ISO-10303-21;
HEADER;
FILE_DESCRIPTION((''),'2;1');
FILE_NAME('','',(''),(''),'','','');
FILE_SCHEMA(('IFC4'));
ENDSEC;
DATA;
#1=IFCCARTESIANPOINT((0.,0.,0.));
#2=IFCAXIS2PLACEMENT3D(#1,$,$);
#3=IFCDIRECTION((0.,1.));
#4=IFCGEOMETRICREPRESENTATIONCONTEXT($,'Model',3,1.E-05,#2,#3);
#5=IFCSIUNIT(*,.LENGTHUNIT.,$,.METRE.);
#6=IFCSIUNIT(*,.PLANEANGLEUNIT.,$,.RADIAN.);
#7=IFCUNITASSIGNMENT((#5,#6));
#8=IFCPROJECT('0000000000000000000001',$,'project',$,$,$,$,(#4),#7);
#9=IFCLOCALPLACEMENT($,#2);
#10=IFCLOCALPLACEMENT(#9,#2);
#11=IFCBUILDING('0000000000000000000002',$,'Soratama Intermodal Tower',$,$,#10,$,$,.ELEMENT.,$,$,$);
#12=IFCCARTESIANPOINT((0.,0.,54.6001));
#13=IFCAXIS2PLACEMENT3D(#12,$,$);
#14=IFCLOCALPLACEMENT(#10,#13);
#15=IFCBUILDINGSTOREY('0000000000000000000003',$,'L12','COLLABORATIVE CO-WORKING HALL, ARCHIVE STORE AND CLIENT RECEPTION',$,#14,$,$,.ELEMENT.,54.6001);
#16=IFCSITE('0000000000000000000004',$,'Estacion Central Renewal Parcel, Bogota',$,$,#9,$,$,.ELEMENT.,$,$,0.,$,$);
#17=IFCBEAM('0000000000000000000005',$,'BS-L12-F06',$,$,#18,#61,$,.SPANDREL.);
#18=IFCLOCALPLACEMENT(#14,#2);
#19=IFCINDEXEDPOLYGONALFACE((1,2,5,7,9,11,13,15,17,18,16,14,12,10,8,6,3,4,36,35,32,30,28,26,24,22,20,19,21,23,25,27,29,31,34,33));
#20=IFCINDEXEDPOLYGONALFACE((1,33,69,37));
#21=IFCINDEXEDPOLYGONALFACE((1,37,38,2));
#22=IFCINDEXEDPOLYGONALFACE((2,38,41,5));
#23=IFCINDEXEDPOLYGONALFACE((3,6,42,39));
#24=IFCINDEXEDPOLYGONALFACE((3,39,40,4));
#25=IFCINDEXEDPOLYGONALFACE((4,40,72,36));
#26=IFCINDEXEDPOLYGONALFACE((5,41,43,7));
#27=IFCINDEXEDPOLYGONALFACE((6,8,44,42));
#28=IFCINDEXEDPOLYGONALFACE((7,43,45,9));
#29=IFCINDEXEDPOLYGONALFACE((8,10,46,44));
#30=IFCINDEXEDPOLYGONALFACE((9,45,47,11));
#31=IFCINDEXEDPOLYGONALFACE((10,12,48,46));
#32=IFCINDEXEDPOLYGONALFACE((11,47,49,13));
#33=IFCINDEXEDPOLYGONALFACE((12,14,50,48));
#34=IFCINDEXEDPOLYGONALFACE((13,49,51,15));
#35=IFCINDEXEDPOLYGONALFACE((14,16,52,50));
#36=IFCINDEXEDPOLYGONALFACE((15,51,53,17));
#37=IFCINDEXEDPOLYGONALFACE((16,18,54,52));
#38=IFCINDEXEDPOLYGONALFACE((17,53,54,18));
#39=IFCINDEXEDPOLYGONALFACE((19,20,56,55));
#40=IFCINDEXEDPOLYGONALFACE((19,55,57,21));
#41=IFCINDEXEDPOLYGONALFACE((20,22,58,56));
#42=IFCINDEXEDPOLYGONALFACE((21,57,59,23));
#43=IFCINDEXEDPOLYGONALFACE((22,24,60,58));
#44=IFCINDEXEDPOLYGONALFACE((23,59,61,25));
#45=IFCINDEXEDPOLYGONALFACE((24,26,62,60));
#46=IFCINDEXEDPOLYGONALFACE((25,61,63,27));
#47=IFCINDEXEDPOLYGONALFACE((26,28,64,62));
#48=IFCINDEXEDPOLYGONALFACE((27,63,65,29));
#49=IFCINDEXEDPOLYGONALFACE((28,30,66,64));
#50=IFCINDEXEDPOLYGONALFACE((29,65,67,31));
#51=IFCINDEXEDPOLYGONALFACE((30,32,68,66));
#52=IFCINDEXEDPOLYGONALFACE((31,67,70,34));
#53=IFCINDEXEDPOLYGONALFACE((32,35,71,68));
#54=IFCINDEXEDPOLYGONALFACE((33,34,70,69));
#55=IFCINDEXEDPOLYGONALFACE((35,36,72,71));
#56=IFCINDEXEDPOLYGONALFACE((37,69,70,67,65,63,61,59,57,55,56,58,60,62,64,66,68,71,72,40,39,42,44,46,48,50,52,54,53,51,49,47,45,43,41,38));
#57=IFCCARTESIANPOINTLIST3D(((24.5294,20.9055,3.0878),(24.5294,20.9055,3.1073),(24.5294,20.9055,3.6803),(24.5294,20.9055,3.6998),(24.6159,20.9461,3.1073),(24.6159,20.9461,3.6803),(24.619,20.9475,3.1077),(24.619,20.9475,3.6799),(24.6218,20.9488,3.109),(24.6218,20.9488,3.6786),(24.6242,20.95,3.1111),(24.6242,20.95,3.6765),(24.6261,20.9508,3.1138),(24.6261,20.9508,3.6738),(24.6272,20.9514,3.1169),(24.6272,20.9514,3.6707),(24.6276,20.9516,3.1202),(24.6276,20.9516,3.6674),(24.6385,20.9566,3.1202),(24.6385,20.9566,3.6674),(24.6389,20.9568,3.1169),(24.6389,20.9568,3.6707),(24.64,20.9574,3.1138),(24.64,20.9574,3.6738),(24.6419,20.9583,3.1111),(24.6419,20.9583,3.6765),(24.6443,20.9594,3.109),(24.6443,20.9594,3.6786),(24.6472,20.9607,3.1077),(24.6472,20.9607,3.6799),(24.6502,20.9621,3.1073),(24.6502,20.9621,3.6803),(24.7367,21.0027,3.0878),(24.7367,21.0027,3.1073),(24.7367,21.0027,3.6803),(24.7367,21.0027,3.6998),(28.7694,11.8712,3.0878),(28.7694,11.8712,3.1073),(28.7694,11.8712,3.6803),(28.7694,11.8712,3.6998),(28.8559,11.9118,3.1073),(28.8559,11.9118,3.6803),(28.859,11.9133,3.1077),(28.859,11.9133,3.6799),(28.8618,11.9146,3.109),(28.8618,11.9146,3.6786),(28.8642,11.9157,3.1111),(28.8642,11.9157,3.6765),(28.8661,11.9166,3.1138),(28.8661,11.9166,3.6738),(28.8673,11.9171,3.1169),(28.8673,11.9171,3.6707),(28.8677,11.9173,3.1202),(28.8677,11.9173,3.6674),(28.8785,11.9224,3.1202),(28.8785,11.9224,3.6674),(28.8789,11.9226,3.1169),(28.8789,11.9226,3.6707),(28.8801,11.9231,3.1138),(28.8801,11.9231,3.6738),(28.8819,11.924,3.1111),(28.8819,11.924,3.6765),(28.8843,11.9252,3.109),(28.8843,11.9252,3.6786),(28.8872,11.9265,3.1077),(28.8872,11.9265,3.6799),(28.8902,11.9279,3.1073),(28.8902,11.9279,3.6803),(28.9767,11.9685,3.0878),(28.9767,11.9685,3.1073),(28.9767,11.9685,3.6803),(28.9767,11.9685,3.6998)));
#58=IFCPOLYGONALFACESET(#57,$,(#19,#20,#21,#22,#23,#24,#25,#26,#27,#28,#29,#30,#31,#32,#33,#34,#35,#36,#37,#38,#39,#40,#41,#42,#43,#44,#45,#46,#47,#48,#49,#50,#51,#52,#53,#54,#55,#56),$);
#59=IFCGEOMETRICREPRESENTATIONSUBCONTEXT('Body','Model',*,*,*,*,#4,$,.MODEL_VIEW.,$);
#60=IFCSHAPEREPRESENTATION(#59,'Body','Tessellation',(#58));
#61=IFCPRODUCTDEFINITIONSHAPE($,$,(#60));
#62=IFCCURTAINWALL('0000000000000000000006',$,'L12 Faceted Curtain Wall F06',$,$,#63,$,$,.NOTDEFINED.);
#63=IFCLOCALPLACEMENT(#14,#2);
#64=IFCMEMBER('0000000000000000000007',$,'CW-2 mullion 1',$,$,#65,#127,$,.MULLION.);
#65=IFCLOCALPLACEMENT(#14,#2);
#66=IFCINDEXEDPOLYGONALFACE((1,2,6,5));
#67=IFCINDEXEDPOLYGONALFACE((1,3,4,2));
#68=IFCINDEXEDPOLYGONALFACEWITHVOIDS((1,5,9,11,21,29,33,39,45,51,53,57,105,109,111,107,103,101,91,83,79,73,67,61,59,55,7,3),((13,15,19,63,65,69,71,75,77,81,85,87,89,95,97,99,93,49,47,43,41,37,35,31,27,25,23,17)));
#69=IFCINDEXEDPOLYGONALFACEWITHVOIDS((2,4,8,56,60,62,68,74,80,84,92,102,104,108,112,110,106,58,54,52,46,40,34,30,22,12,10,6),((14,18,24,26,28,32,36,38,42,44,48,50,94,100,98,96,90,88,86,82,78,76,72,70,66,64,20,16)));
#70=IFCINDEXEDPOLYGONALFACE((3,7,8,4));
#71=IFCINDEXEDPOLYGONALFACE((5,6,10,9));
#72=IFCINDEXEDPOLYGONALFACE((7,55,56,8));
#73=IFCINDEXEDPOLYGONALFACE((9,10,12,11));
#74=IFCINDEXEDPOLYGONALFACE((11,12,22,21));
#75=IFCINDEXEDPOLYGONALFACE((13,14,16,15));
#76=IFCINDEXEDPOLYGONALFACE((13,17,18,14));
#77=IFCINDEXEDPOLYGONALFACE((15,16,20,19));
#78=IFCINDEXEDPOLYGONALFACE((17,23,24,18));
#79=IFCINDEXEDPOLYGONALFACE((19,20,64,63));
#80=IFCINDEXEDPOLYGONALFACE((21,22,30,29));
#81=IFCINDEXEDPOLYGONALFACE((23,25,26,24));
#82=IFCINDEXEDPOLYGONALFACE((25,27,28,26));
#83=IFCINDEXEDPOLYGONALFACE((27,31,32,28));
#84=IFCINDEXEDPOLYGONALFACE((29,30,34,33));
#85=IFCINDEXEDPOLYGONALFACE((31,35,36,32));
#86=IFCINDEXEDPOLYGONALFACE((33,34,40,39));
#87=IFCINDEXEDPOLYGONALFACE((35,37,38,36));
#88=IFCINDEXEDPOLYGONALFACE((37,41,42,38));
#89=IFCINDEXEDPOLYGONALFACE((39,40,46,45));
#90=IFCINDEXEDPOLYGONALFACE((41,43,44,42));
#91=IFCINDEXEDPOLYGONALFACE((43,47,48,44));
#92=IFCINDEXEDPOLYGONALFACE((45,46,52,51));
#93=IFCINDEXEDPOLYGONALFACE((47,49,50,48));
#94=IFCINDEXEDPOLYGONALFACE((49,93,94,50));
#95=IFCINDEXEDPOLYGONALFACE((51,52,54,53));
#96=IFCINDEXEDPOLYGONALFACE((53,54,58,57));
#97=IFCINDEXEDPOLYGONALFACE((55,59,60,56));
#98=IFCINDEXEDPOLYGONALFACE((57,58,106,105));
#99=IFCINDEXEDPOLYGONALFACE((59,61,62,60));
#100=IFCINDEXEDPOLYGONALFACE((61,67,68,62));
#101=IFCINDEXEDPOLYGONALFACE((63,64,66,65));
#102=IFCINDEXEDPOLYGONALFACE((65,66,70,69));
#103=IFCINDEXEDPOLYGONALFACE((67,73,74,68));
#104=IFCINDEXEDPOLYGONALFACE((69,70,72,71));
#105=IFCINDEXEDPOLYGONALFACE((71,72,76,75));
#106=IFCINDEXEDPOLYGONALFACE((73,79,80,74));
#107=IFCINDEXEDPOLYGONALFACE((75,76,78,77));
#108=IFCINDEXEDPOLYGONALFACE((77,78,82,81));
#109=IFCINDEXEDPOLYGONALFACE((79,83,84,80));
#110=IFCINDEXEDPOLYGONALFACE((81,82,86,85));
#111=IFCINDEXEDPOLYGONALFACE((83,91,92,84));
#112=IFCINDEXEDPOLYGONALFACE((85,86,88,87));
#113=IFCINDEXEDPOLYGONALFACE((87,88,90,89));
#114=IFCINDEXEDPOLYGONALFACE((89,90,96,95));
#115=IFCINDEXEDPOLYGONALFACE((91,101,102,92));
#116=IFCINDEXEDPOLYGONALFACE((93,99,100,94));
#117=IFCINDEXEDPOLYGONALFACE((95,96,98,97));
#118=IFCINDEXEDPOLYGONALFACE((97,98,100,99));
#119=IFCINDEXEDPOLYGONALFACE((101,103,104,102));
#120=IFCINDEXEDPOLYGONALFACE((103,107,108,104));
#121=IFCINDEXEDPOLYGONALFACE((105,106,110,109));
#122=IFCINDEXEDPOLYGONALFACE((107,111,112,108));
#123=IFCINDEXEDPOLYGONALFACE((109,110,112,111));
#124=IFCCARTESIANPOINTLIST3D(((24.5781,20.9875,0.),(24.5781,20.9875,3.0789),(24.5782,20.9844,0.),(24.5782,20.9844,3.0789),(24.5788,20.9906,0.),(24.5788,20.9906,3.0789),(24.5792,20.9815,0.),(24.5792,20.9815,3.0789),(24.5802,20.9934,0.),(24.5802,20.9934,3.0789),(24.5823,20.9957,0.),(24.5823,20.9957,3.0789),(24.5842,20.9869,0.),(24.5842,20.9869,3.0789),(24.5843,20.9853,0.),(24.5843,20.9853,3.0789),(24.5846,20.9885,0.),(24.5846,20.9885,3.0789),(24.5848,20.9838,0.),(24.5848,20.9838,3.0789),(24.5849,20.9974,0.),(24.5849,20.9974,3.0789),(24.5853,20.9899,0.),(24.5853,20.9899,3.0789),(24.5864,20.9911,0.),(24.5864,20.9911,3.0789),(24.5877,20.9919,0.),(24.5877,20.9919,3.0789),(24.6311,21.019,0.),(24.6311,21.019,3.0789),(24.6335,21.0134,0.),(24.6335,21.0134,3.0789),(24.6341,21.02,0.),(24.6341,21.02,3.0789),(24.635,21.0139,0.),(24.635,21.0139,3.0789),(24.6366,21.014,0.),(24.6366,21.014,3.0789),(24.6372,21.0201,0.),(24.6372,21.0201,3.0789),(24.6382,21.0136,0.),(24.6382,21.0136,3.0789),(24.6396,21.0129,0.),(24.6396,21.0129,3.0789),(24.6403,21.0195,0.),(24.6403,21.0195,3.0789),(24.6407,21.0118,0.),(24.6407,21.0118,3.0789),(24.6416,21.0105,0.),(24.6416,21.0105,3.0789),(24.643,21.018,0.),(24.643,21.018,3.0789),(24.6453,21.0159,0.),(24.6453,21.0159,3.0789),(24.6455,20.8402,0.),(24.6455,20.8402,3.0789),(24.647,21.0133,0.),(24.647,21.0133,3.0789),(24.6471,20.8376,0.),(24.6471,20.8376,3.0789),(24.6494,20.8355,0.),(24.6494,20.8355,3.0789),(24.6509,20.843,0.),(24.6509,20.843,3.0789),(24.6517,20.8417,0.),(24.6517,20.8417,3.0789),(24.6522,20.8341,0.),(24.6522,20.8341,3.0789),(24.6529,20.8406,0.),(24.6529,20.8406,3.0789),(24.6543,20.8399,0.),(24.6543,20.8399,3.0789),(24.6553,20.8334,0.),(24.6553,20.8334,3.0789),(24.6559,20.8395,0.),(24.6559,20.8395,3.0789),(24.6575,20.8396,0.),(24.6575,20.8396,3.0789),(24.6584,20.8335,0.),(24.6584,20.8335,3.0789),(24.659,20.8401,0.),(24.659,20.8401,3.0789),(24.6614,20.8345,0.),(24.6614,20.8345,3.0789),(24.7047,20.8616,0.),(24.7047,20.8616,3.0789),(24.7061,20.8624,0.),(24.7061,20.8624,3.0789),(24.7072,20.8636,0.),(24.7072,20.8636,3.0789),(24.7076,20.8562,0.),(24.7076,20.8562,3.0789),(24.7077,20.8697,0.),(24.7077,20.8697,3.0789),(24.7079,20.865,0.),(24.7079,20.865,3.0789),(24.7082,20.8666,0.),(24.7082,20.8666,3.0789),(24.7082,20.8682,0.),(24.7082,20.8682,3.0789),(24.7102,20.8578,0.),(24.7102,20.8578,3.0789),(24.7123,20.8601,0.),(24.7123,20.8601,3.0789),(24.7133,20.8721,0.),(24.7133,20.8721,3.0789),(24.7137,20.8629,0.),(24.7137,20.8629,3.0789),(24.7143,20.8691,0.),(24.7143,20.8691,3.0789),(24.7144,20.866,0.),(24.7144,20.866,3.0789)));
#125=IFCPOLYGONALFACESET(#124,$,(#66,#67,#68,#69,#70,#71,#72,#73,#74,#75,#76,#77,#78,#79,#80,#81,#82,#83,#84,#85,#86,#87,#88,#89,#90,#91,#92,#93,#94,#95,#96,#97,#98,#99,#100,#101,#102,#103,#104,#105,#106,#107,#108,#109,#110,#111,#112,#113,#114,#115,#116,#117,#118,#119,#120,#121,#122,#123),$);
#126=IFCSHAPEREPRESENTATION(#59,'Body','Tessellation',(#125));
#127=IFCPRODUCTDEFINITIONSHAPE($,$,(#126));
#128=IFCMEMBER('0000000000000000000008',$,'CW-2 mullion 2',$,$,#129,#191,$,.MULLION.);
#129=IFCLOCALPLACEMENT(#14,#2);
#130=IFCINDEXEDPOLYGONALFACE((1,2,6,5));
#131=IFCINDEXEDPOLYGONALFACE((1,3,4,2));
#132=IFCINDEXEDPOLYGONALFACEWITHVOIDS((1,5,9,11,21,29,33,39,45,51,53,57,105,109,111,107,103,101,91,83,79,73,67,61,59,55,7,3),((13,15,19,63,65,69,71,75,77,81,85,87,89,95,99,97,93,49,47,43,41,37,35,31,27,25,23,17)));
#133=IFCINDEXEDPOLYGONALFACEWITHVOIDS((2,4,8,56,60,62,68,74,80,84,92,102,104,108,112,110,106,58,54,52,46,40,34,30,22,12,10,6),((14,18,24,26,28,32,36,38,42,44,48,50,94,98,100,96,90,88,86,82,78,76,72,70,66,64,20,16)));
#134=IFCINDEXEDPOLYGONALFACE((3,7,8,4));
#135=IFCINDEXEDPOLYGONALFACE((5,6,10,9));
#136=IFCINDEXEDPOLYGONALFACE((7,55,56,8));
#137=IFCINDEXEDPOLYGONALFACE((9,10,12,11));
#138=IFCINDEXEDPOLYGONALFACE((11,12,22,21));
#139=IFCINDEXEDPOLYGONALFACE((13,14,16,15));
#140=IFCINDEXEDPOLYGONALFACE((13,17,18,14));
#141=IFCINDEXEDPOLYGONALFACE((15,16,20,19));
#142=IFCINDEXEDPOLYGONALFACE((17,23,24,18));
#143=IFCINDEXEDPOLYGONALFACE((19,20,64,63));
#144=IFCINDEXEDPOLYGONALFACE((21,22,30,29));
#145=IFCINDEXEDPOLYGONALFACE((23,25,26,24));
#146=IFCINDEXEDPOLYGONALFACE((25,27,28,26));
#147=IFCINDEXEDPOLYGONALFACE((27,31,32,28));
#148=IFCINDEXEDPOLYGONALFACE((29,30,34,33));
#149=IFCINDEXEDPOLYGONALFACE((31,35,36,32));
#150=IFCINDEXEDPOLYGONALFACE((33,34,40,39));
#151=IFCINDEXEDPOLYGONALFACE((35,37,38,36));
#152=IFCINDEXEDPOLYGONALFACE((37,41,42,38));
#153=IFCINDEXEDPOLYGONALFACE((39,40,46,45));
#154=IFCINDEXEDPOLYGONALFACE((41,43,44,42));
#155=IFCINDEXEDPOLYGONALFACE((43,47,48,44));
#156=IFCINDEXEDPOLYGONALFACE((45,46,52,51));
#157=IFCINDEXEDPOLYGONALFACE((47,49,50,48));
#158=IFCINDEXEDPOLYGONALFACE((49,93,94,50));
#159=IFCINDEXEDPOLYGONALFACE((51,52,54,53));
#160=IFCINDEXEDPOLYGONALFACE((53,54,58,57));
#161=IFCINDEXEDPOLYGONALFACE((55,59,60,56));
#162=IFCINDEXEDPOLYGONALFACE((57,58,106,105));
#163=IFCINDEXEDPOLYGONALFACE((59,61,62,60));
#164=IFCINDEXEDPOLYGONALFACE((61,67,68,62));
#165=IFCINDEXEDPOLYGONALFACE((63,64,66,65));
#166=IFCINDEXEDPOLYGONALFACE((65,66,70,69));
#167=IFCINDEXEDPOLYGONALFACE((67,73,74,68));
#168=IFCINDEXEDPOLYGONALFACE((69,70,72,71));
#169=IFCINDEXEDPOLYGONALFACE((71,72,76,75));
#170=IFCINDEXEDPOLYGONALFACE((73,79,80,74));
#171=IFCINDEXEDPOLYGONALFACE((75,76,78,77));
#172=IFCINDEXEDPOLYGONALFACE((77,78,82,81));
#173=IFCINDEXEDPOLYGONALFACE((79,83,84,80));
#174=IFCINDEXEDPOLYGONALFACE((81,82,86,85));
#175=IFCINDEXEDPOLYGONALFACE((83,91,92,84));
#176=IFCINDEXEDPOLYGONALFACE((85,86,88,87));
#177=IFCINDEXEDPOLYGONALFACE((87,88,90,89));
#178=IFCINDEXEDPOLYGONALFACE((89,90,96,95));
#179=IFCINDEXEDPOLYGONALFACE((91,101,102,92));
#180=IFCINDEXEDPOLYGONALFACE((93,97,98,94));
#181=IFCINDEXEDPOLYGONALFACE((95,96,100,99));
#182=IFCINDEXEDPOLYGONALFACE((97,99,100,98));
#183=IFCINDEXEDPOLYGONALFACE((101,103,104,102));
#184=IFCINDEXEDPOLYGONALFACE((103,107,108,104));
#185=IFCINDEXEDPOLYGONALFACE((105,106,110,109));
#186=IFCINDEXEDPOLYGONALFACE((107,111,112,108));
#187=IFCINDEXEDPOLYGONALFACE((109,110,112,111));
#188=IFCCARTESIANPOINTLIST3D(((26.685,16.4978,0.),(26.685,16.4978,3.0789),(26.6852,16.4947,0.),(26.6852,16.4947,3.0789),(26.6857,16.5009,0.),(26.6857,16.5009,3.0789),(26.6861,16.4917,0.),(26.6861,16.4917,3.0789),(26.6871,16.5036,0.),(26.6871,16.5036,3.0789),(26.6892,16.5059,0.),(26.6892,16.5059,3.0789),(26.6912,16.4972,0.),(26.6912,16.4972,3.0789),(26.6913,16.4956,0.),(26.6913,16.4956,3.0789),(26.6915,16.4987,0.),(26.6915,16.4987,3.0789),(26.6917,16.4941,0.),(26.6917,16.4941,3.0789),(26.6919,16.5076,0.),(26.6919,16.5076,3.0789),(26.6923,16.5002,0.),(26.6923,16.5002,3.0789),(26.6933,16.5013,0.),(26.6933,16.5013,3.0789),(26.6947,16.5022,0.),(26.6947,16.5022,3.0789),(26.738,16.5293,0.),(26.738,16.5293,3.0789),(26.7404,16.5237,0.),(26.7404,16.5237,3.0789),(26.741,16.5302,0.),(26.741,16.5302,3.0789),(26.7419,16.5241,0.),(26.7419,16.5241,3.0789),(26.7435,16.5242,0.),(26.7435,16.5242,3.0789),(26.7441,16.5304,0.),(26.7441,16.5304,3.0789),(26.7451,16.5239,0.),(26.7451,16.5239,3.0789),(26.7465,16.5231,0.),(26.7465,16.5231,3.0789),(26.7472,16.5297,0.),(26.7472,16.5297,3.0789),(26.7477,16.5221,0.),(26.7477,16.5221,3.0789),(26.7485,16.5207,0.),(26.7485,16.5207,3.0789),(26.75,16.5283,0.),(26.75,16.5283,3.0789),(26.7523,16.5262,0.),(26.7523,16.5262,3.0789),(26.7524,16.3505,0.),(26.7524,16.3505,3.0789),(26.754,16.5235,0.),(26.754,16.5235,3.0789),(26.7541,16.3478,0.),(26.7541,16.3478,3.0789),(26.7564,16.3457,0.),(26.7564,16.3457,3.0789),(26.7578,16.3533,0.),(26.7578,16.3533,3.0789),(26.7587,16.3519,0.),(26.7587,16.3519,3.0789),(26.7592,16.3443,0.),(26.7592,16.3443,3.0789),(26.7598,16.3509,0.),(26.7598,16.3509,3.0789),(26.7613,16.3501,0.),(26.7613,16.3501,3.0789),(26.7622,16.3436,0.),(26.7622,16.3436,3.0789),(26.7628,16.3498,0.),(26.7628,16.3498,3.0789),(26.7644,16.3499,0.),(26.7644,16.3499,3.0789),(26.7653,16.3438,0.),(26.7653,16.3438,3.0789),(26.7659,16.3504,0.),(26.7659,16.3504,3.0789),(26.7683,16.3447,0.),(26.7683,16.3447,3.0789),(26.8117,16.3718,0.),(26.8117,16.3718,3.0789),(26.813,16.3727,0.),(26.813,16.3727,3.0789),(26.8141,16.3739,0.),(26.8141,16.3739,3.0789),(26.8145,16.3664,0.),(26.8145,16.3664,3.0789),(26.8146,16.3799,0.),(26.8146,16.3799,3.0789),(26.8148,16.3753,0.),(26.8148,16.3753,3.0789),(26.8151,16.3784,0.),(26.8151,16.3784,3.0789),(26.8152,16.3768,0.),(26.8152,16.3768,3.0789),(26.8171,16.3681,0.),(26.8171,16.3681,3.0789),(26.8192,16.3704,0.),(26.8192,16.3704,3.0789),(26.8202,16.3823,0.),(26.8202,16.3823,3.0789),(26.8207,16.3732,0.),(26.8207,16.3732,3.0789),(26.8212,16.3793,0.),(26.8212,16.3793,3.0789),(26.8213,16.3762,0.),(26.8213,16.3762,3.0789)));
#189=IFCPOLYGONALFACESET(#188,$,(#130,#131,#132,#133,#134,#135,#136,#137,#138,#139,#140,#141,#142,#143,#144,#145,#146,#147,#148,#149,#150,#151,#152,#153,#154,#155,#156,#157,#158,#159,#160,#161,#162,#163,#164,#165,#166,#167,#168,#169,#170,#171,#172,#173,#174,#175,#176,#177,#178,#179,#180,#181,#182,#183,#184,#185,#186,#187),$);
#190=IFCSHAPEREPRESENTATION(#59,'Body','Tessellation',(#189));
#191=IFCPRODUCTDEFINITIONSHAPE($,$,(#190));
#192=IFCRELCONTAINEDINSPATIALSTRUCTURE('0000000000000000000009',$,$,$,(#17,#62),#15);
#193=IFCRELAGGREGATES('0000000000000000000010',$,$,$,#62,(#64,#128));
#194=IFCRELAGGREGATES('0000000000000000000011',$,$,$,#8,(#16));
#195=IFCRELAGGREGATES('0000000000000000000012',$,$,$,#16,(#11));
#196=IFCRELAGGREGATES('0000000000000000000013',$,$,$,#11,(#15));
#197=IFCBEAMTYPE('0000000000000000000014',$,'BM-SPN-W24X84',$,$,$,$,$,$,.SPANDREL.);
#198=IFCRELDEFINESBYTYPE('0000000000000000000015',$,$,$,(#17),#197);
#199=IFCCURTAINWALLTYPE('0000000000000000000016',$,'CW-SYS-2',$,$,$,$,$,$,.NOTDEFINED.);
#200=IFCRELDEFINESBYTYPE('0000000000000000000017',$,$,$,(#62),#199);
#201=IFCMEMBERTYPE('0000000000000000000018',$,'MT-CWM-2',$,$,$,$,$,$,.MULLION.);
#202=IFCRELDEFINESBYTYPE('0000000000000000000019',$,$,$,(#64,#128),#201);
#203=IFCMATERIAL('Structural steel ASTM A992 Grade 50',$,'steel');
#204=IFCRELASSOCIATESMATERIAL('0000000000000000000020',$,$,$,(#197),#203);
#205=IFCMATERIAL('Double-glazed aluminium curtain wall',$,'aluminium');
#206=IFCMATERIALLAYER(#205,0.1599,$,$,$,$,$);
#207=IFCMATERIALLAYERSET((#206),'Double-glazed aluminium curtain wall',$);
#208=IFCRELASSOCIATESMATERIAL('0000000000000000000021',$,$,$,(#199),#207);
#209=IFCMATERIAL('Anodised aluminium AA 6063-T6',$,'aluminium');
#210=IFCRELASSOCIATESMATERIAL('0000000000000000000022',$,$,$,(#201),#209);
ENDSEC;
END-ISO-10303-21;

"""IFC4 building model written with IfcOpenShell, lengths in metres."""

from ifc_helpers import new_model, si_unit, direction, frame, origin, origin_2d, place, context, subcontext, project, spatial, hollow_rectangle, i_section, extrude, material, layer, layer_set, material_profile, profile_set, type_object, element, aggregate, save


model = new_model("IFC4")

# Units and contexts
model_context = context("Model", 3, precision=1e-05, world=origin(), true_north=direction((0.0, 1.0)))
body_context = subcontext(model_context, "Body", "Model", "MODEL_VIEW")
ifc_project = project(units=[si_unit("LENGTHUNIT", "METRE"), si_unit("PLANEANGLEUNIT", "RADIAN")], contexts=[model_context])

# Site, building, storey
site_placement = place(None, origin())
site = spatial("IfcSite", under=ifc_project, at=site_placement, Name="Estacion Central Renewal Parcel, Bogota", CompositionType="ELEMENT", RefElevation=0.0)
building_placement = place(site_placement, origin())
building = spatial("IfcBuilding", under=site, at=building_placement, Name="Soratama Intermodal Tower", CompositionType="ELEMENT")
storey_placement = place(building_placement, frame((0.0, 0.0, 54.6001)))
storey = spatial("IfcBuildingStorey", under=building, at=storey_placement, Name="L12", Description="COLLABORATIVE CO-WORKING HALL, ARCHIVE STORE AND CLIENT RECEPTION", CompositionType="ELEMENT", Elevation=54.6001)

# Beam
ifc_material_1 = material(Name="Structural steel ASTM A992 Grade 50", Category="steel")
ifc_material_profile_1 = material_profile(ifc_material_1, i_section(OverallWidth=0.229, OverallDepth=0.6121, WebThickness=0.012, FlangeThickness=0.0195, FilletRadius=0.0129, at=origin_2d()), Name="W24X84")
ifc_profile_set_1 = profile_set([ifc_material_profile_1], Name="Structural steel ASTM A992 Grade 50")
beam_type = type_object("IfcBeamType", Name="BM-SPN-W24X84", PredefinedType="SPANDREL", material=ifc_profile_set_1)
beam_placement = place(storey_placement, frame((24.6331, 20.9541, 3.3938), z_axis=(0.424863, -0.905258, 0.0), x_axis=(0.905258, 0.424863, 0.0)))
element("IfcBeam", 1, at=beam_placement, inside=storey, type_object=beam_type, Name="BS-L12-F06", PredefinedType="SPANDREL", context=body_context, shape_type="SweptSolid", body=[
    extrude(i_section(OverallWidth=0.229, OverallDepth=0.6121, WebThickness=0.012, FlangeThickness=0.0195, FilletRadius=0.0129, at=origin_2d()), origin(), (0.0, 0.0, 1.0), 9.9797),
])

# Curtain wall, members
ifc_material_2 = material(Name="Double-glazed aluminium curtain wall", Category="aluminium")
ifc_layer_1 = layer(ifc_material_2, 0.1599)
ifc_layer_set_1 = layer_set([ifc_layer_1], Name="Double-glazed aluminium curtain wall")
curtain_wall_type = type_object("IfcCurtainWallType", Name="CW-SYS-2", PredefinedType="NOTDEFINED", material=ifc_layer_set_1)
curtain_wall_placement = place(storey_placement, origin())
curtain_wall = element("IfcCurtainWall", 2, at=curtain_wall_placement, inside=storey, type_object=curtain_wall_type, Name="L12 Faceted Curtain Wall F06", PredefinedType="NOTDEFINED")
ifc_material_3 = material(Name="Anodised aluminium AA 6063-T6", Category="aluminium")
ifc_material_profile_2 = material_profile(ifc_material_3, hollow_rectangle(XDim=0.075, YDim=0.1799, WallThickness=0.0061, InnerFilletRadius=0.0061, OuterFilletRadius=0.012, at=origin_2d()), Name="CWM180X75X6")
ifc_profile_set_2 = profile_set([ifc_material_profile_2], Name="Anodised aluminium AA 6063-T6")
member_type_1 = type_object("IfcMemberType", Name="MT-CWM-2", PredefinedType="MULLION", material=ifc_profile_set_2)
member_1_placement = place(storey_placement, frame((24.6462, 20.9268, 0.0), z_axis=(0.0, 0.0, 1.0), x_axis=(0.905274, 0.424829, 0.0)))
member_1 = element("IfcMember", 3, at=member_1_placement, type_object=member_type_1, Name="CW-2 mullion 1", PredefinedType="MULLION", context=body_context, shape_type="SweptSolid", body=[
    extrude(hollow_rectangle(XDim=0.075, YDim=0.1799, WallThickness=0.0061, InnerFilletRadius=0.0061, OuterFilletRadius=0.012, at=origin_2d()), origin(), (0.0, 0.0, 1.0), 3.0789),
])
member_2_placement = place(storey_placement, frame((26.7532, 16.437, 0.0), z_axis=(0.0, 0.0, 1.0), x_axis=(0.905274, 0.424829, 0.0)))
member_2 = element("IfcMember", 4, at=member_2_placement, type_object=member_type_1, Name="CW-2 mullion 2", PredefinedType="MULLION", context=body_context, shape_type="SweptSolid", body=[
    extrude(hollow_rectangle(XDim=0.075, YDim=0.1799, WallThickness=0.0061, InnerFilletRadius=0.0061, OuterFilletRadius=0.012, at=origin_2d()), origin(), (0.0, 0.0, 1.0), 3.0789),
])
aggregate(curtain_wall, [member_1, member_2])

save(model, "model.ifc")
